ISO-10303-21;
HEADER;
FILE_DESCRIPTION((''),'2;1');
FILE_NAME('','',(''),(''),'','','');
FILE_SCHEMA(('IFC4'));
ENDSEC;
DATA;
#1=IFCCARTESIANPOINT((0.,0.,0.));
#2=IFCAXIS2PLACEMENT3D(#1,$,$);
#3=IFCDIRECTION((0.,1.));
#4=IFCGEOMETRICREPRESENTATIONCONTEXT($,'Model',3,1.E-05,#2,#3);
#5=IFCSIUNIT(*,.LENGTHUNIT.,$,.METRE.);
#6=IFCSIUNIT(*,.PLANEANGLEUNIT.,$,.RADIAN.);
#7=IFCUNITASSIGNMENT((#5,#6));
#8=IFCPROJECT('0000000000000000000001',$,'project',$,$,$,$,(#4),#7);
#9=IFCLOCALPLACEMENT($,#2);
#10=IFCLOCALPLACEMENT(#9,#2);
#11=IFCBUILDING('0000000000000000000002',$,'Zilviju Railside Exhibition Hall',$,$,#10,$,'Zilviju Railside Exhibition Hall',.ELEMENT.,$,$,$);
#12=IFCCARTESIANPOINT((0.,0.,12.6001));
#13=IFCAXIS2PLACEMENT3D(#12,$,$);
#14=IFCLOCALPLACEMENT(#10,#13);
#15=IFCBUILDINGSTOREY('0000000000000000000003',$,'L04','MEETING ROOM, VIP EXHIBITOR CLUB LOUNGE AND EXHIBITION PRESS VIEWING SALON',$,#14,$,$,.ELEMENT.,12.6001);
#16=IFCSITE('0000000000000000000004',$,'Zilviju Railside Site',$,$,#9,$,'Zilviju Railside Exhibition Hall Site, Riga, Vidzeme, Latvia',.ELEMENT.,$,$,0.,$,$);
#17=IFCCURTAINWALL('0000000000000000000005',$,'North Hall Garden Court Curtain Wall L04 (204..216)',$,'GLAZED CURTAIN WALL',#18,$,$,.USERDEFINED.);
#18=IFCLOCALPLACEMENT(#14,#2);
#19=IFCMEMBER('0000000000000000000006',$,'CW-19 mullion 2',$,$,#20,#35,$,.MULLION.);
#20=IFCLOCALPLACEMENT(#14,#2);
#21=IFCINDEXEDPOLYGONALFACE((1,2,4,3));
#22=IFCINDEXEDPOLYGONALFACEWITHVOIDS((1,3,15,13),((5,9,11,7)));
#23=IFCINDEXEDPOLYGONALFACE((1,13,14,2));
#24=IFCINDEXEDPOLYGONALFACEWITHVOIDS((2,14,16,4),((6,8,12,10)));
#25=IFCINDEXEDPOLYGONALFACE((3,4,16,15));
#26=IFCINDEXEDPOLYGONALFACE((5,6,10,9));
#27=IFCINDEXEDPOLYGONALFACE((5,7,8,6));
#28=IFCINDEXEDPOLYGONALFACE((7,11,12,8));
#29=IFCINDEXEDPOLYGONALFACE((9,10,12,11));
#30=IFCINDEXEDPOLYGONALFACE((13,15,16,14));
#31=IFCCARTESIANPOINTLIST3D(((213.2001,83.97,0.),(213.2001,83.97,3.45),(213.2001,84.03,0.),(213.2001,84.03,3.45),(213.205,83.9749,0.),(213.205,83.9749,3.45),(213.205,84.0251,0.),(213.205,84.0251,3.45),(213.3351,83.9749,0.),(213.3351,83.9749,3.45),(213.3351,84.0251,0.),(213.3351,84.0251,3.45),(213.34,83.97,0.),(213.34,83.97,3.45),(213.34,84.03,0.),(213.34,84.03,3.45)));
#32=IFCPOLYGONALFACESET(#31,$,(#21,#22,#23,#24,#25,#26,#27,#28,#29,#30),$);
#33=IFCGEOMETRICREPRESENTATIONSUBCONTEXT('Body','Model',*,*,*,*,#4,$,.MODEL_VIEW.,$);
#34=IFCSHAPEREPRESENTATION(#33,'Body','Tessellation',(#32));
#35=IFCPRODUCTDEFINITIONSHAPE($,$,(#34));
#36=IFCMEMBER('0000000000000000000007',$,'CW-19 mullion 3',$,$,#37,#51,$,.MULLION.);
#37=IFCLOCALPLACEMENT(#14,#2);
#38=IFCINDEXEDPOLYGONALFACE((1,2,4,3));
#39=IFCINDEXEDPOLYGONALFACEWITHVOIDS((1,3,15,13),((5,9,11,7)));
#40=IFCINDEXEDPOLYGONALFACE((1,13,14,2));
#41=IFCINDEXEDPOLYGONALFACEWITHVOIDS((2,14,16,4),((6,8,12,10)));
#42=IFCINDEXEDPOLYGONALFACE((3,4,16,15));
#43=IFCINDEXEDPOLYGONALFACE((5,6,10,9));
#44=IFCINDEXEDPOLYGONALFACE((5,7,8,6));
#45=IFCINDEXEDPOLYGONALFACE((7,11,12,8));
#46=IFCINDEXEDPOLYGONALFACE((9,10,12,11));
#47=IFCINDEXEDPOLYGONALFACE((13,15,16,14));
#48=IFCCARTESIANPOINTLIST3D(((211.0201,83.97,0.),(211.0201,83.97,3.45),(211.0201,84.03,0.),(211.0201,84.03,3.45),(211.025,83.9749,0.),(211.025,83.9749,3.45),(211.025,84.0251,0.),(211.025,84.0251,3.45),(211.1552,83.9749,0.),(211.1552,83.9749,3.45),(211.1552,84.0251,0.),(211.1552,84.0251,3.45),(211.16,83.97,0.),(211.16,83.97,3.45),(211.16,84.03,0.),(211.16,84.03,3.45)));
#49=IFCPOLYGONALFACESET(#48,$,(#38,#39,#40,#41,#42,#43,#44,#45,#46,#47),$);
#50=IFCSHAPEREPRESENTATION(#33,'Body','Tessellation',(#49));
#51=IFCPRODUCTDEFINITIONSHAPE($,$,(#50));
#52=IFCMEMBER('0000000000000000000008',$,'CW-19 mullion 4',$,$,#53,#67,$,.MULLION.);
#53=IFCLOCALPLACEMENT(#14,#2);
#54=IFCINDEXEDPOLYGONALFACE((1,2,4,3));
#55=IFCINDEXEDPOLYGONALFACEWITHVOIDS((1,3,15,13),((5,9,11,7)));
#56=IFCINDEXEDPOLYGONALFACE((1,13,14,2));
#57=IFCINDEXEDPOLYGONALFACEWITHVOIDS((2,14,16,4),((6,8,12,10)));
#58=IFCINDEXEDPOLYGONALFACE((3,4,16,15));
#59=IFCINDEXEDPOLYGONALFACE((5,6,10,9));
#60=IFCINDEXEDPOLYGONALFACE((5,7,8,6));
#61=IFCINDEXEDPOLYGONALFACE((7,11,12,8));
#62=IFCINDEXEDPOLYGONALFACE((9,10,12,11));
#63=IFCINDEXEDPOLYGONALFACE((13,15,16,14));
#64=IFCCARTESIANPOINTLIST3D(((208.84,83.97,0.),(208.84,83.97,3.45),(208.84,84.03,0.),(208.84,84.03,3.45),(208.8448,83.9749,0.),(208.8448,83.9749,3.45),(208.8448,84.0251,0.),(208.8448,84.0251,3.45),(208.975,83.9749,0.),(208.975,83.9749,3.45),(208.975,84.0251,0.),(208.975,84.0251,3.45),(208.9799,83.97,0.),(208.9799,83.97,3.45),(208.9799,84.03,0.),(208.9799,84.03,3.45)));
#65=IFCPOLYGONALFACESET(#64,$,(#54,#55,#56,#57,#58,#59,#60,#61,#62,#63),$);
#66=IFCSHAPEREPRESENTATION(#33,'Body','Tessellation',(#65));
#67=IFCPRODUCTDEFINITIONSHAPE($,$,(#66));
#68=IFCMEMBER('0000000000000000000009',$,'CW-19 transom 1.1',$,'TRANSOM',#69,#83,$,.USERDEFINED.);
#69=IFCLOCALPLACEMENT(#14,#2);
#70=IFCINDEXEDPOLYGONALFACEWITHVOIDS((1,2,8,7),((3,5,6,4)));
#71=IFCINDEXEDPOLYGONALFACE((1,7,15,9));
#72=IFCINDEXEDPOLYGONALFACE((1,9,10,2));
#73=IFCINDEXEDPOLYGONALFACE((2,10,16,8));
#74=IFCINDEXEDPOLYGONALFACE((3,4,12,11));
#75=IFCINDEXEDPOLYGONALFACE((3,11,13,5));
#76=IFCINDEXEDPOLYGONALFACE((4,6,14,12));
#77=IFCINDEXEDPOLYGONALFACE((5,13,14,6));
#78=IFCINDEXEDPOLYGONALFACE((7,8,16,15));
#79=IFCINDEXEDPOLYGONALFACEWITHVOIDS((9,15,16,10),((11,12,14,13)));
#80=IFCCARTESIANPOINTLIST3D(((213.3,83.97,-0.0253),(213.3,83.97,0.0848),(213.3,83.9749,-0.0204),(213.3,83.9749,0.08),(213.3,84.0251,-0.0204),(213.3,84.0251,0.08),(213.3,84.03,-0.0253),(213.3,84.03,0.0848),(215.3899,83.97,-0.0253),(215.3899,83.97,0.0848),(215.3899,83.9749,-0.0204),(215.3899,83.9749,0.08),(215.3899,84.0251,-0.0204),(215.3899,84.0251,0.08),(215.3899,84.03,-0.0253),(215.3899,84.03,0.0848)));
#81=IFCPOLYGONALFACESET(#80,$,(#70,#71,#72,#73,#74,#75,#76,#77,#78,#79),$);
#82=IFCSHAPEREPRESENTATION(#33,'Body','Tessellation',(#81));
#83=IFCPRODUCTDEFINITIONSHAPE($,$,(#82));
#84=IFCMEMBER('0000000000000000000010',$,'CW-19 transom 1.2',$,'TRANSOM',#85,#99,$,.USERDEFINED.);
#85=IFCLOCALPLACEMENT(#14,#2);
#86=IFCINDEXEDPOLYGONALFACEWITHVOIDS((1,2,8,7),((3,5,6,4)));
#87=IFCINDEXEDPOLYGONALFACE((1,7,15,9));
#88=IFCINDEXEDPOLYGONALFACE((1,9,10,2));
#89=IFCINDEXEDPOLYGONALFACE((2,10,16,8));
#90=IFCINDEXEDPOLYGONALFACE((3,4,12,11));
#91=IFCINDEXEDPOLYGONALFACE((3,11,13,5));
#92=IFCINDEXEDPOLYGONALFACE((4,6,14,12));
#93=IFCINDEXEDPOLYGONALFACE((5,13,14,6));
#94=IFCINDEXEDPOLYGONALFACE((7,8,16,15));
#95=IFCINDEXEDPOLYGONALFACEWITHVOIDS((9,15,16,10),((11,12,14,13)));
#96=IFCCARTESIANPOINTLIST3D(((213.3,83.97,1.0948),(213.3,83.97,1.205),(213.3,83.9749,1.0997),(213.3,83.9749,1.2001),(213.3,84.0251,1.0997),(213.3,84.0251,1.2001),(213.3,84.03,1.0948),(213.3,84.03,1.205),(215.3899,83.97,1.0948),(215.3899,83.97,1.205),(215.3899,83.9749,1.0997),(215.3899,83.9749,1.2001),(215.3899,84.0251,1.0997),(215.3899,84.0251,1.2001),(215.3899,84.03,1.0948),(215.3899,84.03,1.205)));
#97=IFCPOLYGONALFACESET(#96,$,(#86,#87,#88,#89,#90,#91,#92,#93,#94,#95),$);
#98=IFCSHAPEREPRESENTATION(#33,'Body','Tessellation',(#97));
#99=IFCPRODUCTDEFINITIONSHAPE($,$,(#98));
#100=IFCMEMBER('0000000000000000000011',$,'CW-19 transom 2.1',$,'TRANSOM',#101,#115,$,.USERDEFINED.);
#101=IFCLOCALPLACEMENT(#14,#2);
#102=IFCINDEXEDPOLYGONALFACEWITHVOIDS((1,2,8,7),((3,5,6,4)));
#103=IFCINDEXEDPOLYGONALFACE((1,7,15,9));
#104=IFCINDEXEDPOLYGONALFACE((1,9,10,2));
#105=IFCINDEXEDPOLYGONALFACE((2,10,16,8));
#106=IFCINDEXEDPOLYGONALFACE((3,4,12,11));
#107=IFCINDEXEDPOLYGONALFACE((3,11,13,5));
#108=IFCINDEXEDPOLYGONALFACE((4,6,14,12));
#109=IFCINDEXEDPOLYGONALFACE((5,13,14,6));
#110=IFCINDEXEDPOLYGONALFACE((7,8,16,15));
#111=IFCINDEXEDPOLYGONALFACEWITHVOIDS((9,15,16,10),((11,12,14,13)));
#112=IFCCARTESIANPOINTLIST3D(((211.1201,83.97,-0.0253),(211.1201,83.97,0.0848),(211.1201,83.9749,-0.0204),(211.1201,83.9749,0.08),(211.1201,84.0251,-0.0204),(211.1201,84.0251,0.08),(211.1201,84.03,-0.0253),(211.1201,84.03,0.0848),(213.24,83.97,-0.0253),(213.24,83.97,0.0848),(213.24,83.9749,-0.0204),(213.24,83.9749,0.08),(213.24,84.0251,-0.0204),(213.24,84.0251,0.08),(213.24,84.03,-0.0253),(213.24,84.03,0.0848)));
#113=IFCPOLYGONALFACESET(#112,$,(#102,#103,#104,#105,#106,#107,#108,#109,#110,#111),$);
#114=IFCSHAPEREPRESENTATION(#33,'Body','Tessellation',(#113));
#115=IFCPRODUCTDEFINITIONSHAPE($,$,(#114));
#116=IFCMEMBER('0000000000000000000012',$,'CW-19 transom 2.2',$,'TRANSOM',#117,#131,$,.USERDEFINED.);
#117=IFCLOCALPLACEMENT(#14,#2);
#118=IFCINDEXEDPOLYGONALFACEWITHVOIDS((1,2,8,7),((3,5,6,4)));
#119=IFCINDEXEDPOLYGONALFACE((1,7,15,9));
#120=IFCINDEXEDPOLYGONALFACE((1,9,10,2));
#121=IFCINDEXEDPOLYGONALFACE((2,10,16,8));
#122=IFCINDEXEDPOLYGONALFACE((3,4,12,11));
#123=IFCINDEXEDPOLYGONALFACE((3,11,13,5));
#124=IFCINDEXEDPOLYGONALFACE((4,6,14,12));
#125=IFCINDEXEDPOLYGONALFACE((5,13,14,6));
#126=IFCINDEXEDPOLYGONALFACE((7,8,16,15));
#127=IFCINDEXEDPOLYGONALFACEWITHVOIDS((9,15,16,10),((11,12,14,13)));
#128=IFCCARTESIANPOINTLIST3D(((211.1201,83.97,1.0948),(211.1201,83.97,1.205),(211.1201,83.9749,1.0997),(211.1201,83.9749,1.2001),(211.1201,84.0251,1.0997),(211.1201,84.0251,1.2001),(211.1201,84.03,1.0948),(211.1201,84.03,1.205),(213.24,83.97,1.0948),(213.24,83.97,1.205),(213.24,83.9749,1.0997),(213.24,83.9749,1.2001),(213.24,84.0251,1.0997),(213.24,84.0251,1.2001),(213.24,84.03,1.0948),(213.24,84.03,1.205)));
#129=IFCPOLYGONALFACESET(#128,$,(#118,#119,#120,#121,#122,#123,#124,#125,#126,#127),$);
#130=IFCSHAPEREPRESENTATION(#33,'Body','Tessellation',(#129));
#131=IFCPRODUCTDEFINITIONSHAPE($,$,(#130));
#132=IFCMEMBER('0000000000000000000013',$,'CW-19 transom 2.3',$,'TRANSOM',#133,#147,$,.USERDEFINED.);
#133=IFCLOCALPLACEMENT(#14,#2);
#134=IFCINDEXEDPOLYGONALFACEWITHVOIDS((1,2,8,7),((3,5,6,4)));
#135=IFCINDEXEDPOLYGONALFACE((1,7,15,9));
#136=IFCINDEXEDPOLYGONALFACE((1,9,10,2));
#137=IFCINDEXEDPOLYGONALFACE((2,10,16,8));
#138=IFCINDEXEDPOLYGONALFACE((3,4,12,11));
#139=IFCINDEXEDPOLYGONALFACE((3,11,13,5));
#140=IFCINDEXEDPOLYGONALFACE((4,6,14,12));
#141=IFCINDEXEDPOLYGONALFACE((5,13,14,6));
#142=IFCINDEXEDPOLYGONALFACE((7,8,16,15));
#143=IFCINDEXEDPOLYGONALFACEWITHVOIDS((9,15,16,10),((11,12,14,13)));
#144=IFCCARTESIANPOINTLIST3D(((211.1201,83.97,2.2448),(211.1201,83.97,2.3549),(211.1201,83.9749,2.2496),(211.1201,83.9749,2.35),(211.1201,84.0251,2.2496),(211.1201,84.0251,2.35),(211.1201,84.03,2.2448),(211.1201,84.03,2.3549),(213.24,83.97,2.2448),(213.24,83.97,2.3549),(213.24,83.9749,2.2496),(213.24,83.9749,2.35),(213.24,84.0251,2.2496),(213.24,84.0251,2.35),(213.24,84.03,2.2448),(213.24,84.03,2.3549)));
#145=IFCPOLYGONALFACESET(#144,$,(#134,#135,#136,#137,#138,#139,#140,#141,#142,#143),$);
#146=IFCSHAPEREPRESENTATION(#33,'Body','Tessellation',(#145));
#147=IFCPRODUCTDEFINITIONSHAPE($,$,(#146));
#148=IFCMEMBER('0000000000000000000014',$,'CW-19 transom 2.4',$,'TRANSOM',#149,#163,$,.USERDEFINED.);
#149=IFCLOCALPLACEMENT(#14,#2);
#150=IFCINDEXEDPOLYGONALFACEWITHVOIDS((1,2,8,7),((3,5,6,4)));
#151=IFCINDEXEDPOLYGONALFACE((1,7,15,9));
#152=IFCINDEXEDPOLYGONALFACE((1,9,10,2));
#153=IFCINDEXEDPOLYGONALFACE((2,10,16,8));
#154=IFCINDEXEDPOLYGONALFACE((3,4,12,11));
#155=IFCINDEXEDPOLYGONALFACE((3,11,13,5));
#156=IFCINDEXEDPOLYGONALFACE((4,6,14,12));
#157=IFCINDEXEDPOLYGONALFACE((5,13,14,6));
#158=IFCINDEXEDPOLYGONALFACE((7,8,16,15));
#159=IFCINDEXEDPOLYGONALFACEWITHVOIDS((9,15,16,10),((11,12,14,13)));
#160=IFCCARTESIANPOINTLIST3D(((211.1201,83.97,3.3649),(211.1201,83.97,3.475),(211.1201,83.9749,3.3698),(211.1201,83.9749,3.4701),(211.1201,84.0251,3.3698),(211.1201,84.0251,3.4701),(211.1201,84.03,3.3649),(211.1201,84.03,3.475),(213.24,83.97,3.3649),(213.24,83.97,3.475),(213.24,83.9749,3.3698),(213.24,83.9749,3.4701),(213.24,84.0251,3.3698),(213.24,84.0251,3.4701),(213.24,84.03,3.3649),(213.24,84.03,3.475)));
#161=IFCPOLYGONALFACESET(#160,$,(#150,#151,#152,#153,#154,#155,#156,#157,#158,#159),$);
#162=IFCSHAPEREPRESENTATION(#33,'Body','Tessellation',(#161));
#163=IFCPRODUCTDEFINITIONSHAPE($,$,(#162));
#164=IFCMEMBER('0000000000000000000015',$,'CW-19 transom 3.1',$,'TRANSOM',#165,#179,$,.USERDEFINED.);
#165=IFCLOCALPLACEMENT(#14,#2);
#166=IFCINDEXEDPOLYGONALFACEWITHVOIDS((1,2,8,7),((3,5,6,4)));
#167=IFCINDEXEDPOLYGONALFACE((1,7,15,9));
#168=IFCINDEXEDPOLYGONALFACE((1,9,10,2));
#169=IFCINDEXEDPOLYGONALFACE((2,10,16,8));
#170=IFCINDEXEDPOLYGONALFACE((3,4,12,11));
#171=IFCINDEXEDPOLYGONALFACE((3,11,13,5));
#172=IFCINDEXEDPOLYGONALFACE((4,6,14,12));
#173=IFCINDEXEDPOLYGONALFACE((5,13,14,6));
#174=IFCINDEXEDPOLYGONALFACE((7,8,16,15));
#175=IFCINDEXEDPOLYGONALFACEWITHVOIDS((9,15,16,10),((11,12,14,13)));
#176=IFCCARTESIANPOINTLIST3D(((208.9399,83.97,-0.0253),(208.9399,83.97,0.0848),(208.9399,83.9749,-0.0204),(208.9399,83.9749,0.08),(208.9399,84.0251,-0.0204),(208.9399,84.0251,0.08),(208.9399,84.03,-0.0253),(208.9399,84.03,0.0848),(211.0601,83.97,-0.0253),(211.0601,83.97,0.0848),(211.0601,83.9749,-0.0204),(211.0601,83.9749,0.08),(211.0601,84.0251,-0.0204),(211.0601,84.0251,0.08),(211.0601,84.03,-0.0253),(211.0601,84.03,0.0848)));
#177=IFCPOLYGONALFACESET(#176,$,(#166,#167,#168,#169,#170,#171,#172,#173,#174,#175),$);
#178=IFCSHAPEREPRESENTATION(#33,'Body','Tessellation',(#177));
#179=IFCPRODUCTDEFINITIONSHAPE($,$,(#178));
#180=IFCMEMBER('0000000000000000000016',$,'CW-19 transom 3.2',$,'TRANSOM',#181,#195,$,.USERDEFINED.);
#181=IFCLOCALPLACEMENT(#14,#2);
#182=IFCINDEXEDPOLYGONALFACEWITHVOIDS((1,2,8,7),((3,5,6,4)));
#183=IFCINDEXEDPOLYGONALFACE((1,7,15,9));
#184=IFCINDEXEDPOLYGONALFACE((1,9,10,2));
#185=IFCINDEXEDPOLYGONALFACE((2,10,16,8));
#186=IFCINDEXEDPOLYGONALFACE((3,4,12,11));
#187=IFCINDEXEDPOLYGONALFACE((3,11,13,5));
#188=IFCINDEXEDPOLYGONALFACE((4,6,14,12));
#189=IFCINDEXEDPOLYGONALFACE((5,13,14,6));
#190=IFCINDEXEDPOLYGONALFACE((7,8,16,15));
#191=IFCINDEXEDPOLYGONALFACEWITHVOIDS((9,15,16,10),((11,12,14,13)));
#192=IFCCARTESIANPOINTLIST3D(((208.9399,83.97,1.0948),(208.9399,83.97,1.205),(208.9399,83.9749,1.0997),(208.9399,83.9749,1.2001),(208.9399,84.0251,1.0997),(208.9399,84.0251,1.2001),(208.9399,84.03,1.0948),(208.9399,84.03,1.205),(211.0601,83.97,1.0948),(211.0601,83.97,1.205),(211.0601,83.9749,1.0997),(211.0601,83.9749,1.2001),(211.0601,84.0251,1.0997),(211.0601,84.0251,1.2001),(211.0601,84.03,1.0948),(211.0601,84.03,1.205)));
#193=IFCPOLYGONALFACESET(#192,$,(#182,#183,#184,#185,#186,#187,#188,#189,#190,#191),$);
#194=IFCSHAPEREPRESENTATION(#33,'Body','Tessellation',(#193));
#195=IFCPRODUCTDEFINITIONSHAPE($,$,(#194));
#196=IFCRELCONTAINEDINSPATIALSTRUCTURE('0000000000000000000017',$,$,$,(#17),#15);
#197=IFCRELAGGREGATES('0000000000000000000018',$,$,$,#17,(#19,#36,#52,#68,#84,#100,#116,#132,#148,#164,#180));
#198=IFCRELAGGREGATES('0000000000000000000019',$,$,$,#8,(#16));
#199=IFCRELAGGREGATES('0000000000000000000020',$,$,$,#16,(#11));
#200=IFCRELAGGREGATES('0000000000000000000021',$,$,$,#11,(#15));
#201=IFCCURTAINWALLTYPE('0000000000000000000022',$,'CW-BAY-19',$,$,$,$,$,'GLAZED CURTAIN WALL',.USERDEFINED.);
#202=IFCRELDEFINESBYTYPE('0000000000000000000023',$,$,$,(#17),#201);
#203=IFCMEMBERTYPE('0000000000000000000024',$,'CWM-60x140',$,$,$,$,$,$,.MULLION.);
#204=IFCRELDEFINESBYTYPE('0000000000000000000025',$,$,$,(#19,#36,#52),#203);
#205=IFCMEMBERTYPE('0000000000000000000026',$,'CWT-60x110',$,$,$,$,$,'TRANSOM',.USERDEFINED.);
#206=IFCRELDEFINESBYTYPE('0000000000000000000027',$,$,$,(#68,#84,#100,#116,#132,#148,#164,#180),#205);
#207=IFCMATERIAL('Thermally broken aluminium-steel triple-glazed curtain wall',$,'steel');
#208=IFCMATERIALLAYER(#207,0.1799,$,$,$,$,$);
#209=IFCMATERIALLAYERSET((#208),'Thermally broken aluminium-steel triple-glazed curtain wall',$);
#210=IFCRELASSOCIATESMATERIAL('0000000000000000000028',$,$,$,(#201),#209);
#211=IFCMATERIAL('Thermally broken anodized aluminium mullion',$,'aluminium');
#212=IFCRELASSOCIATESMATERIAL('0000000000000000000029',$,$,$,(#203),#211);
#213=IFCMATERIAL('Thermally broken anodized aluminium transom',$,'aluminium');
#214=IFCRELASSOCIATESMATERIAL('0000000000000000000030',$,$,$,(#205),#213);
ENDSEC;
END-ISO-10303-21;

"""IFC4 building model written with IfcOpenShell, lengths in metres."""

from ifc_helpers import new_model, si_unit, direction, frame, origin, origin_2d, place, context, subcontext, project, spatial, hollow_rectangle, extrude, material, layer, layer_set, material_profile, profile_set, type_object, element, aggregate, save


model = new_model("IFC4")

# Units and contexts
model_context = context("Model", 3, precision=1e-05, world=origin(), true_north=direction((0.0, 1.0)))
body_context = subcontext(model_context, "Body", "Model", "MODEL_VIEW")
ifc_project = project(units=[si_unit("LENGTHUNIT", "METRE"), si_unit("PLANEANGLEUNIT", "RADIAN")], contexts=[model_context])

# Site, building, storey
site_placement = place(None, origin())
site = spatial("IfcSite", under=ifc_project, at=site_placement, Name="Zilviju Railside Site", LongName="Zilviju Railside Exhibition Hall Site, Riga, Vidzeme, Latvia", CompositionType="ELEMENT", RefElevation=0.0)
building_placement = place(site_placement, origin())
building = spatial("IfcBuilding", under=site, at=building_placement, Name="Zilviju Railside Exhibition Hall", LongName="Zilviju Railside Exhibition Hall", CompositionType="ELEMENT")
storey_placement = place(building_placement, frame((0.0, 0.0, 12.6001)))
storey = spatial("IfcBuildingStorey", under=building, at=storey_placement, Name="L04", Description="MEETING ROOM, VIP EXHIBITOR CLUB LOUNGE AND EXHIBITION PRESS VIEWING SALON", CompositionType="ELEMENT", Elevation=12.6001)

# Curtain wall, members
ifc_material_1 = material(Name="Thermally broken aluminium-steel triple-glazed curtain wall", Category="steel")
ifc_layer_1 = layer(ifc_material_1, 0.1799)
ifc_layer_set_1 = layer_set([ifc_layer_1], Name="Thermally broken aluminium-steel triple-glazed curtain wall")
curtain_wall_type = type_object("IfcCurtainWallType", Name="CW-BAY-19", ElementType="GLAZED CURTAIN WALL", PredefinedType="USERDEFINED", material=ifc_layer_set_1)
curtain_wall_placement = place(storey_placement, origin())
curtain_wall = element("IfcCurtainWall", 1, at=curtain_wall_placement, inside=storey, type_object=curtain_wall_type, Name="North Hall Garden Court Curtain Wall L04 (204..216)", ObjectType="GLAZED CURTAIN WALL", PredefinedType="USERDEFINED")
ifc_material_2 = material(Name="Thermally broken anodized aluminium mullion", Category="aluminium")
ifc_material_profile_1 = material_profile(ifc_material_2, hollow_rectangle(XDim=0.0601, YDim=0.1399, WallThickness=0.0049, at=origin_2d()), Name="MULLION 140x60x5")
ifc_profile_set_1 = profile_set([ifc_material_profile_1], Name="Thermally broken anodized aluminium mullion")
member_type_1 = type_object("IfcMemberType", Name="CWM-60x140", PredefinedType="MULLION", material=ifc_profile_set_1)
member_1_placement = place(storey_placement, frame((213.27, 84.0, 0.0), z_axis=(0.0, 0.0, 1.0), x_axis=(0.0, -1.0, 0.0)))
member_1 = element("IfcMember", 2, at=member_1_placement, type_object=member_type_1, Name="CW-19 mullion 2", PredefinedType="MULLION", context=body_context, shape_type="SweptSolid", body=[
    extrude(hollow_rectangle(XDim=0.0601, YDim=0.1399, WallThickness=0.0049, at=origin_2d()), origin(), (0.0, 0.0, 1.0), 3.45),
])
member_2_placement = place(storey_placement, frame((211.0901, 84.0, 0.0), z_axis=(0.0, 0.0, 1.0), x_axis=(0.0, -1.0, 0.0)))
member_2 = element("IfcMember", 3, at=member_2_placement, type_object=member_type_1, Name="CW-19 mullion 3", PredefinedType="MULLION", context=body_context, shape_type="SweptSolid", body=[
    extrude(hollow_rectangle(XDim=0.0601, YDim=0.1399, WallThickness=0.0049, at=origin_2d()), origin(), (0.0, 0.0, 1.0), 3.45),
])
member_3_placement = place(storey_placement, frame((208.9099, 84.0, 0.0), z_axis=(0.0, 0.0, 1.0), x_axis=(0.0, -1.0, 0.0)))
member_3 = element("IfcMember", 4, at=member_3_placement, type_object=member_type_1, Name="CW-19 mullion 4", PredefinedType="MULLION", context=body_context, shape_type="SweptSolid", body=[
    extrude(hollow_rectangle(XDim=0.0601, YDim=0.1399, WallThickness=0.0049, at=origin_2d()), origin(), (0.0, 0.0, 1.0), 3.45),
])
ifc_material_3 = material(Name="Thermally broken anodized aluminium transom", Category="aluminium")
ifc_material_profile_2 = material_profile(ifc_material_3, hollow_rectangle(XDim=0.0601, YDim=0.1101, WallThickness=0.0049, at=origin_2d()), Name="TRANSOM 110x60x5")
ifc_profile_set_2 = profile_set([ifc_material_profile_2], Name="Thermally broken anodized aluminium transom")
member_type_2 = type_object("IfcMemberType", Name="CWT-60x110", ElementType="TRANSOM", PredefinedType="USERDEFINED", material=ifc_profile_set_2)
member_4_placement = place(storey_placement, frame((215.3899, 84.0, 0.0298), z_axis=(-1.0, 0.0, 0.0), x_axis=(0.0, -1.0, 0.0)))
member_4 = element("IfcMember", 5, at=member_4_placement, type_object=member_type_2, Name="CW-19 transom 1.1", ObjectType="TRANSOM", PredefinedType="USERDEFINED", context=body_context, shape_type="SweptSolid", body=[
    extrude(hollow_rectangle(XDim=0.0601, YDim=0.1101, WallThickness=0.0049, at=origin_2d()), origin(), (0.0, 0.0, 1.0), 2.0898),
])
member_5_placement = place(storey_placement, frame((215.3899, 84.0, 1.1499), z_axis=(-1.0, 0.0, 0.0), x_axis=(0.0, -1.0, 0.0)))
member_5 = element("IfcMember", 6, at=member_5_placement, type_object=member_type_2, Name="CW-19 transom 1.2", ObjectType="TRANSOM", PredefinedType="USERDEFINED", context=body_context, shape_type="SweptSolid", body=[
    extrude(hollow_rectangle(XDim=0.0601, YDim=0.1101, WallThickness=0.0049, at=origin_2d()), origin(), (0.0, 0.0, 1.0), 2.0898),
])
member_6_placement = place(storey_placement, frame((213.24, 84.0, 0.0298), z_axis=(-1.0, 0.0, 0.0), x_axis=(0.0, -1.0, 0.0)))
member_6 = element("IfcMember", 7, at=member_6_placement, type_object=member_type_2, Name="CW-19 transom 2.1", ObjectType="TRANSOM", PredefinedType="USERDEFINED", context=body_context, shape_type="SweptSolid", body=[
    extrude(hollow_rectangle(XDim=0.0601, YDim=0.1101, WallThickness=0.0049, at=origin_2d()), origin(), (0.0, 0.0, 1.0), 2.1199),
])
member_7_placement = place(storey_placement, frame((213.24, 84.0, 1.1499), z_axis=(-1.0, 0.0, 0.0), x_axis=(0.0, -1.0, 0.0)))
member_7 = element("IfcMember", 8, at=member_7_placement, type_object=member_type_2, Name="CW-19 transom 2.2", ObjectType="TRANSOM", PredefinedType="USERDEFINED", context=body_context, shape_type="SweptSolid", body=[
    extrude(hollow_rectangle(XDim=0.0601, YDim=0.1101, WallThickness=0.0049, at=origin_2d()), origin(), (0.0, 0.0, 1.0), 2.1199),
])
member_8_placement = place(storey_placement, frame((213.24, 84.0, 2.2998), z_axis=(-1.0, 0.0, 0.0), x_axis=(0.0, -1.0, 0.0)))
member_8 = element("IfcMember", 9, at=member_8_placement, type_object=member_type_2, Name="CW-19 transom 2.3", ObjectType="TRANSOM", PredefinedType="USERDEFINED", context=body_context, shape_type="SweptSolid", body=[
    extrude(hollow_rectangle(XDim=0.0601, YDim=0.1101, WallThickness=0.0049, at=origin_2d()), origin(), (0.0, 0.0, 1.0), 2.1199),
])
member_9_placement = place(storey_placement, frame((213.24, 84.0, 3.4199), z_axis=(-1.0, 0.0, 0.0), x_axis=(0.0, -1.0, 0.0)))
member_9 = element("IfcMember", 10, at=member_9_placement, type_object=member_type_2, Name="CW-19 transom 2.4", ObjectType="TRANSOM", PredefinedType="USERDEFINED", context=body_context, shape_type="SweptSolid", body=[
    extrude(hollow_rectangle(XDim=0.0601, YDim=0.1101, WallThickness=0.0049, at=origin_2d()), origin(), (0.0, 0.0, 1.0), 2.1199),
])
member_10_placement = place(storey_placement, frame((211.0601, 84.0, 0.0298), z_axis=(-1.0, 0.0, 0.0), x_axis=(0.0, -1.0, 0.0)))
member_10 = element("IfcMember", 11, at=member_10_placement, type_object=member_type_2, Name="CW-19 transom 3.1", ObjectType="TRANSOM", PredefinedType="USERDEFINED", context=body_context, shape_type="SweptSolid", body=[
    extrude(hollow_rectangle(XDim=0.0601, YDim=0.1101, WallThickness=0.0049, at=origin_2d()), origin(), (0.0, 0.0, 1.0), 2.1201),
])
member_11_placement = place(storey_placement, frame((211.0601, 84.0, 1.1499), z_axis=(-1.0, 0.0, 0.0), x_axis=(0.0, -1.0, 0.0)))
member_11 = element("IfcMember", 12, at=member_11_placement, type_object=member_type_2, Name="CW-19 transom 3.2", ObjectType="TRANSOM", PredefinedType="USERDEFINED", context=body_context, shape_type="SweptSolid", body=[
    extrude(hollow_rectangle(XDim=0.0601, YDim=0.1101, WallThickness=0.0049, at=origin_2d()), origin(), (0.0, 0.0, 1.0), 2.1201),
])
aggregate(curtain_wall, [member_1, member_2, member_3, member_4, member_5, member_6, member_7, member_8, member_9, member_10, member_11])

save(model, "model.ifc")
